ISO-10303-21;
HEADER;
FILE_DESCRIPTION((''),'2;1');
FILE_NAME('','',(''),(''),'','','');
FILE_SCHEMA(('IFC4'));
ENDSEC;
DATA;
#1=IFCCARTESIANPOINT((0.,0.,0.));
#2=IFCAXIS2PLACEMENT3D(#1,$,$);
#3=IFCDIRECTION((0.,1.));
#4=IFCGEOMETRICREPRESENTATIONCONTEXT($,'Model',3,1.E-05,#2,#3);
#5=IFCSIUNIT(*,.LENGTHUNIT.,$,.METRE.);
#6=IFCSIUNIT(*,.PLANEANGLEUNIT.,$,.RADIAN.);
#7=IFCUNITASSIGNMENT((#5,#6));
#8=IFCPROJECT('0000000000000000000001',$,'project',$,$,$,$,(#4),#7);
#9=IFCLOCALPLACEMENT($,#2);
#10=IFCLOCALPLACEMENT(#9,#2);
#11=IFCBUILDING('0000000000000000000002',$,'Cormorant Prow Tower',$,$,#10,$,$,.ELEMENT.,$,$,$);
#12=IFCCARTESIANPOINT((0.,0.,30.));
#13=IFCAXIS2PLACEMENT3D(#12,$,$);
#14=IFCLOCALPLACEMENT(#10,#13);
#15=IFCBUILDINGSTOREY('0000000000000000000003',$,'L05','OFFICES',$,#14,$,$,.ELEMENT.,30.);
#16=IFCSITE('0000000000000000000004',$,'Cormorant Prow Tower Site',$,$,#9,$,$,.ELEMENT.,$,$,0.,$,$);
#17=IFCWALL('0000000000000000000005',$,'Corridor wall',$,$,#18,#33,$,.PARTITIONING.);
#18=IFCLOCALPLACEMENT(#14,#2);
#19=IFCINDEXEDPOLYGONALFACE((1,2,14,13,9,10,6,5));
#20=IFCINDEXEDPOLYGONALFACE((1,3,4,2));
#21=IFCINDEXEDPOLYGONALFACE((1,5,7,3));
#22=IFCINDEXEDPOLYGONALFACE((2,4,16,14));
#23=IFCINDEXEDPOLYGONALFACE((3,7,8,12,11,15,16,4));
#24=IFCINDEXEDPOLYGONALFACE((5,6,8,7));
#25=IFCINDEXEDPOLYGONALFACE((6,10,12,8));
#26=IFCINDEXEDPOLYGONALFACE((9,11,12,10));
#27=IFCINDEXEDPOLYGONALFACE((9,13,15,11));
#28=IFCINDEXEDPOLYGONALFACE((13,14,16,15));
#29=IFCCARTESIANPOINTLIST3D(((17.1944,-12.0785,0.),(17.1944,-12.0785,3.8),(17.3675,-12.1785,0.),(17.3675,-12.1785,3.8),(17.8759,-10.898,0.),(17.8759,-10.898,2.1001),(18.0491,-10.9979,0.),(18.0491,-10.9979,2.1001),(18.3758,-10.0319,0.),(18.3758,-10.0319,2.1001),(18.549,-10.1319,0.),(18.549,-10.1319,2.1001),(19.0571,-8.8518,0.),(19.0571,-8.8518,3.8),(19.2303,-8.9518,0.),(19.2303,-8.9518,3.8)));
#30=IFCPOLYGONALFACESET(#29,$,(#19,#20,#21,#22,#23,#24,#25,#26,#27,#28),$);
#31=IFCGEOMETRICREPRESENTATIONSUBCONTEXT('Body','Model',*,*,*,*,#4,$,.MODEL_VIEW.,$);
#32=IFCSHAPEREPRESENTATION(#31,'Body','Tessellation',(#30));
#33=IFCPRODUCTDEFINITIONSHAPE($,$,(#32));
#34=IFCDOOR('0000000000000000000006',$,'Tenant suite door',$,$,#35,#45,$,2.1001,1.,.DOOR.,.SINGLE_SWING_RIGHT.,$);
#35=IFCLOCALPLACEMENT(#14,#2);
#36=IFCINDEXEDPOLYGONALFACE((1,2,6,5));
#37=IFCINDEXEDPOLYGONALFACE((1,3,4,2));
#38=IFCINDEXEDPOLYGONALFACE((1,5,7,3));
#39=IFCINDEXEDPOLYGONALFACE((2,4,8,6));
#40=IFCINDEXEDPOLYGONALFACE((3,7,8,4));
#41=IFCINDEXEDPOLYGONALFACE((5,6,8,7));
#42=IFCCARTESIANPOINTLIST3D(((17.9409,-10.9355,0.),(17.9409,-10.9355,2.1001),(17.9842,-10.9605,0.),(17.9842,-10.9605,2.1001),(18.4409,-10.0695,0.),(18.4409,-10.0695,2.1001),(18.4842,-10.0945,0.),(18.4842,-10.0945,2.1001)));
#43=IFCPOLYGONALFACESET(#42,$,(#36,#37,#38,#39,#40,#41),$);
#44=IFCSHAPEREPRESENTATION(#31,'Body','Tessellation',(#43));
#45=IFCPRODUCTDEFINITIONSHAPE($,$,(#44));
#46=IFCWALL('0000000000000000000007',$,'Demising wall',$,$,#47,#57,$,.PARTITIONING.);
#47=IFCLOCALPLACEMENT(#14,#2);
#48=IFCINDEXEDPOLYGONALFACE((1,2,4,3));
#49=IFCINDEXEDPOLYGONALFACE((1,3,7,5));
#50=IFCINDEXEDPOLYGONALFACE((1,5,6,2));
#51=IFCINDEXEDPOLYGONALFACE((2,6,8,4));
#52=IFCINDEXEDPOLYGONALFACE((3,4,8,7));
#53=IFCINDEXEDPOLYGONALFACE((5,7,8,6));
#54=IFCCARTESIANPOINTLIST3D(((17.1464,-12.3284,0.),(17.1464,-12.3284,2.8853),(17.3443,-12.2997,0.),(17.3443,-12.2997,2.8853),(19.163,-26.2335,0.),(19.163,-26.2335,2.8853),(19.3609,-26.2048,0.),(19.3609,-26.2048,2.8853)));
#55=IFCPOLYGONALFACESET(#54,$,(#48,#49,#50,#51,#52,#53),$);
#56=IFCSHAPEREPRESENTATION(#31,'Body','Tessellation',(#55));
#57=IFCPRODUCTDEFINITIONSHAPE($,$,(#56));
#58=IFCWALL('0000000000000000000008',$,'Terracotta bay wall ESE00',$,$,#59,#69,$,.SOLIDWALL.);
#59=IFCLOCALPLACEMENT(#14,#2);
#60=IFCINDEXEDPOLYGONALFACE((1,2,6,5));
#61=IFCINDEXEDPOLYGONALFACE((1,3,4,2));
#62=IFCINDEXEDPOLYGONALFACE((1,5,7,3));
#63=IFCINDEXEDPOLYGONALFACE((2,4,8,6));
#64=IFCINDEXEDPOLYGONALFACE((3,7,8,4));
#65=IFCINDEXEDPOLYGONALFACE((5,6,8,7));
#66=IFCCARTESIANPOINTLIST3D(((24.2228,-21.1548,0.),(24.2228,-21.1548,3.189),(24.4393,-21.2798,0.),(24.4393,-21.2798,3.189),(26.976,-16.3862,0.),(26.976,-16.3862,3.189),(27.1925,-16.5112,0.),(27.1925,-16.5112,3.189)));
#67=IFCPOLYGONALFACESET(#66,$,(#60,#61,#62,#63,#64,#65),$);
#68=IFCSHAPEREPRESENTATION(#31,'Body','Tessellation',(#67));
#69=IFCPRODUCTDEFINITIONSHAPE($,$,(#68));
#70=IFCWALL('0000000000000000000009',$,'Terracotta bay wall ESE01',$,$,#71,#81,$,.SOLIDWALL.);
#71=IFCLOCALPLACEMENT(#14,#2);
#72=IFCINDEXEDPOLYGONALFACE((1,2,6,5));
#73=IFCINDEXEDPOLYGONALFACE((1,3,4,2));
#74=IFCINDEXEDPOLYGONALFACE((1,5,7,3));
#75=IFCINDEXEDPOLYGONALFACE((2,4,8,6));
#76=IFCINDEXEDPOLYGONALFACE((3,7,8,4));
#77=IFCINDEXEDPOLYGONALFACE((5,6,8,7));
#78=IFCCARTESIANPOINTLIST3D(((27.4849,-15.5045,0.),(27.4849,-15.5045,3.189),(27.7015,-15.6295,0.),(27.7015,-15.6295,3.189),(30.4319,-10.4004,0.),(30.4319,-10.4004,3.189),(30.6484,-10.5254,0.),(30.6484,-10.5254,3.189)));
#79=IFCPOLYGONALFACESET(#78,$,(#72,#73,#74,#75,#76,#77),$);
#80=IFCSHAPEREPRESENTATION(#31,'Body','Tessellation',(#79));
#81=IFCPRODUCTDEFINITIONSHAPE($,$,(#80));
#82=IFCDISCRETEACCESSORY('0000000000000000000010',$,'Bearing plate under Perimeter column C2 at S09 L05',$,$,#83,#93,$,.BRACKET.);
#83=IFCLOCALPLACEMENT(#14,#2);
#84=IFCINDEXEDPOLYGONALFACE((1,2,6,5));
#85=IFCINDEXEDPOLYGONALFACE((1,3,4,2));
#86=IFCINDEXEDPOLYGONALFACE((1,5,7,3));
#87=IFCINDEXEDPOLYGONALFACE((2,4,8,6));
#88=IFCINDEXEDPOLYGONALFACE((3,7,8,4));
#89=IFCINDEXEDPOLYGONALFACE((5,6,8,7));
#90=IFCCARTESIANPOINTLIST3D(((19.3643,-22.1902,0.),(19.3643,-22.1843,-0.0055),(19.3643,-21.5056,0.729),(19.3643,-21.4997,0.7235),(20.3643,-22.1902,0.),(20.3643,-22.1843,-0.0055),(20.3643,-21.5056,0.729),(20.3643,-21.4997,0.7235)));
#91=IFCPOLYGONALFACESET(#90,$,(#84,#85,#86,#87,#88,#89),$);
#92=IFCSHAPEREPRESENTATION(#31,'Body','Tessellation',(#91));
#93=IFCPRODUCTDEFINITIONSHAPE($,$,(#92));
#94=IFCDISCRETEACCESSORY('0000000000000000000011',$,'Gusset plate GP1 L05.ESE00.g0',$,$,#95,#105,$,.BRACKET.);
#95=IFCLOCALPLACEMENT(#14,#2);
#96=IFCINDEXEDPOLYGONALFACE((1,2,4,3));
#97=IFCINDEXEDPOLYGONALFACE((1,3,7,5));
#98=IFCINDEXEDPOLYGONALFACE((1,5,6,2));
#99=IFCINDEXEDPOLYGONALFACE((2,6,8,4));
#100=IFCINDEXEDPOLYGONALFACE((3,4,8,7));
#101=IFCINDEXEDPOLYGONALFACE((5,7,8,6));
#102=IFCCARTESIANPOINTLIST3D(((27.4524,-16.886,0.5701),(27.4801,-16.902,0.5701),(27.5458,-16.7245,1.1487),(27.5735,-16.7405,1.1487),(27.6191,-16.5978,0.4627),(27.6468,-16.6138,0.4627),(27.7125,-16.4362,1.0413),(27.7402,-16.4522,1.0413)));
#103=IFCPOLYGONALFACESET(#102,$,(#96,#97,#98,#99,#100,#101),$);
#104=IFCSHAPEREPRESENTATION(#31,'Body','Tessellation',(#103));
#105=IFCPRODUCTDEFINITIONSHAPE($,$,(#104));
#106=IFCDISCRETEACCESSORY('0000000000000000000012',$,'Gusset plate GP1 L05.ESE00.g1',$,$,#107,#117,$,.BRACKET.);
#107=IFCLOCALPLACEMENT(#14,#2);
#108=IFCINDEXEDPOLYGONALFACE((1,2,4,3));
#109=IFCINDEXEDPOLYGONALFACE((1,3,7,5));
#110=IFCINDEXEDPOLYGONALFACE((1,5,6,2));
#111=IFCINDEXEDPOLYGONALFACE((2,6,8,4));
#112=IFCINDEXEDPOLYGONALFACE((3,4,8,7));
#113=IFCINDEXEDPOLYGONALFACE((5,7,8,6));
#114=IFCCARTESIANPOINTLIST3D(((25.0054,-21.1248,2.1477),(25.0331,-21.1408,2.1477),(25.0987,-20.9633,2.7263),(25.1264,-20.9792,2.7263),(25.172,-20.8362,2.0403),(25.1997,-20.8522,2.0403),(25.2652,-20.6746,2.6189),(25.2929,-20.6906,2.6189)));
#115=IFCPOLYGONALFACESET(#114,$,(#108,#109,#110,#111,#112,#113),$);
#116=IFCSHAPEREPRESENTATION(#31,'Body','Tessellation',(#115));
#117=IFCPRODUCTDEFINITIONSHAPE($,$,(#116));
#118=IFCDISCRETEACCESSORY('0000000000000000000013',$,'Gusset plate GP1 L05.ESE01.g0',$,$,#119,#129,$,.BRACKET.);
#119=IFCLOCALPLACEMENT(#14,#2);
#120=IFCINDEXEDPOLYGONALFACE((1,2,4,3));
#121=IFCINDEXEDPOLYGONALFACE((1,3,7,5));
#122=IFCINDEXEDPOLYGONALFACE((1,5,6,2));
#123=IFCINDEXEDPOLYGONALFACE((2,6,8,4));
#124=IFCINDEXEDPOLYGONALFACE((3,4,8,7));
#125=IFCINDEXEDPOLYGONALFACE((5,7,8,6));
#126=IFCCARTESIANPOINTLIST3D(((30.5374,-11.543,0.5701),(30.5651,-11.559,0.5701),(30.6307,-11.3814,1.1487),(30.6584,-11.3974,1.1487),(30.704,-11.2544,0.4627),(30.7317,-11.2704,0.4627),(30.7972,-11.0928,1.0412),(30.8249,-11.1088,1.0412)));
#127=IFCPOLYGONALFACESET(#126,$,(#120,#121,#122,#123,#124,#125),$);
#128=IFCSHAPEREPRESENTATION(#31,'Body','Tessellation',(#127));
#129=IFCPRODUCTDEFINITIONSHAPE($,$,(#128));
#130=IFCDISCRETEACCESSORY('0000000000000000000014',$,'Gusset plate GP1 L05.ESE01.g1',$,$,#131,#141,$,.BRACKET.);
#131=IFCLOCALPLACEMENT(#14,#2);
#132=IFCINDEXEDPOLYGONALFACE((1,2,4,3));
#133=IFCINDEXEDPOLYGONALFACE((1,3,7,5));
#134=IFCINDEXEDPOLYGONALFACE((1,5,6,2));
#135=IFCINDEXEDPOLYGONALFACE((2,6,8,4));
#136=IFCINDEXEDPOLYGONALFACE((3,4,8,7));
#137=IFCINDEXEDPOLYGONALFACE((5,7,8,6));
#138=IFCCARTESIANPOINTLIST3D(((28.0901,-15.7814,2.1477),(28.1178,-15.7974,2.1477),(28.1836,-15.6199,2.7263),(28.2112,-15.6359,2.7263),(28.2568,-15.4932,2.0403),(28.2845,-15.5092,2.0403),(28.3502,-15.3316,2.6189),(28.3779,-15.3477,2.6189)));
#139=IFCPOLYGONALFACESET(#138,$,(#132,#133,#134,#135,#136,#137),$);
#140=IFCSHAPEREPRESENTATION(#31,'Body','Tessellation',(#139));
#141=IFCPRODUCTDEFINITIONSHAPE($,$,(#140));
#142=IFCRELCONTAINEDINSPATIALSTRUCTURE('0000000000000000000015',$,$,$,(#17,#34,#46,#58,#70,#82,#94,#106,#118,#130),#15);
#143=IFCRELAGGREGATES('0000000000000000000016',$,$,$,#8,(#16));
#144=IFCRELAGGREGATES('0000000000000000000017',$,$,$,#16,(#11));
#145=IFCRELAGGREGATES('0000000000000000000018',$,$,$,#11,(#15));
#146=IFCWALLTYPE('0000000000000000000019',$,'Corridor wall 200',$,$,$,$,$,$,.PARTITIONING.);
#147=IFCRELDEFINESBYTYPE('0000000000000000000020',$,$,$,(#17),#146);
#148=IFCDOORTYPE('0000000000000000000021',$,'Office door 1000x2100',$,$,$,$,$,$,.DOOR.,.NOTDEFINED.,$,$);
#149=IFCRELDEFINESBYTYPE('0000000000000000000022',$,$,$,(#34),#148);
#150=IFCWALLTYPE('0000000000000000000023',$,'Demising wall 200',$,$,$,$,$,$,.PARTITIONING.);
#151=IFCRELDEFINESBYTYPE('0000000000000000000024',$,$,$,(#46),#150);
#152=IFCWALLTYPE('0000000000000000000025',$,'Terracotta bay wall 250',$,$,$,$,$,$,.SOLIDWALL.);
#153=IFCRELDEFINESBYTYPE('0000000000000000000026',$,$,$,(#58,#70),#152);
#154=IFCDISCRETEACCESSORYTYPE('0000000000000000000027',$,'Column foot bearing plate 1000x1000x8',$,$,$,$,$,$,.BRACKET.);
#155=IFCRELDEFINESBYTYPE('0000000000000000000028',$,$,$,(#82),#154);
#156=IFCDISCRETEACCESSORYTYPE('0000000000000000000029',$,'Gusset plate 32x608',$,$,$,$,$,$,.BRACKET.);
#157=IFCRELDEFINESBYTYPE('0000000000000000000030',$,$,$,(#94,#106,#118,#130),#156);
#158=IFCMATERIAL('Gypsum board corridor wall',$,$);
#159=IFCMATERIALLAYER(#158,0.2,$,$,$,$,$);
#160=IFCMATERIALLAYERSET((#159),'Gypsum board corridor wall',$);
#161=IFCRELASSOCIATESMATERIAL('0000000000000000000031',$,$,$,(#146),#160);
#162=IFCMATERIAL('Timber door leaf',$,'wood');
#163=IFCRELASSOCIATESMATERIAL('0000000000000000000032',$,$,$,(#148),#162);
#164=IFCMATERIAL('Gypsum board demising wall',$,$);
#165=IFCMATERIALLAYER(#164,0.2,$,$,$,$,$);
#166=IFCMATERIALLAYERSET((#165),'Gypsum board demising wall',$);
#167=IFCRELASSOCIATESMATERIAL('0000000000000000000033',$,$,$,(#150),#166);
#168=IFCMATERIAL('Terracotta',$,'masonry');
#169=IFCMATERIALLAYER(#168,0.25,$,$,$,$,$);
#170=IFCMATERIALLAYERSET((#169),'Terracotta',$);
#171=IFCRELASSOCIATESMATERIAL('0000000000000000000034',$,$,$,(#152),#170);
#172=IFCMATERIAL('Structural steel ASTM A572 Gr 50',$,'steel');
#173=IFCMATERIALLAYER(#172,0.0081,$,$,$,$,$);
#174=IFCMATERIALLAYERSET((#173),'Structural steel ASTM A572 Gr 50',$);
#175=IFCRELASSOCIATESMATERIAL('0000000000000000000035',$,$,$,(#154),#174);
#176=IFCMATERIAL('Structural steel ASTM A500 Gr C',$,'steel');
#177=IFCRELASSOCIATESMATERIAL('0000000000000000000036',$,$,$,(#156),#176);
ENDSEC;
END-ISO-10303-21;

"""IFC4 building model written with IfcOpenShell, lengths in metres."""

from ifc_helpers import new_model, si_unit, direction, frame, frame_2d, origin, origin_2d, place, context, subcontext, project, spatial, polyline, rectangle, outline, extrude, material, layer, layer_set, material_profile, profile_set, type_object, element, fill, save


model = new_model("IFC4")

# Units and contexts
model_context = context("Model", 3, precision=1e-05, world=origin(), true_north=direction((0.0, 1.0)))
body_context = subcontext(model_context, "Body", "Model", "MODEL_VIEW")
ifc_project = project(units=[si_unit("LENGTHUNIT", "METRE"), si_unit("PLANEANGLEUNIT", "RADIAN")], contexts=[model_context])

# Site, building, storey
site_placement = place(None, origin())
site = spatial("IfcSite", under=ifc_project, at=site_placement, Name="Cormorant Prow Tower Site", CompositionType="ELEMENT", RefElevation=0.0)
building_placement = place(site_placement, origin())
building = spatial("IfcBuilding", under=site, at=building_placement, Name="Cormorant Prow Tower", CompositionType="ELEMENT")
storey_placement = place(building_placement, frame((0.0, 0.0, 30.0)))
storey = spatial("IfcBuildingStorey", under=building, at=storey_placement, Name="L05", Description="OFFICES", CompositionType="ELEMENT", Elevation=30.0)

# Wall, opening, door
ifc_material_1 = material(Name="Gypsum board corridor wall")
ifc_layer_1 = layer(ifc_material_1, 0.2)
ifc_layer_set_1 = layer_set([ifc_layer_1], Name="Gypsum board corridor wall")
wall_type_1 = type_object("IfcWallType", Name="Corridor wall 200", PredefinedType="PARTITIONING", material=ifc_layer_set_1)
wall_1_placement = place(storey_placement, frame((17.281, -12.1284, 0.0), z_axis=(0.0, 0.0, 1.0), x_axis=(0.499959, 0.866049, 0.0)))
wall_1 = element("IfcWall", 1, at=wall_1_placement, inside=storey, type_object=wall_type_1, Name="Corridor wall", PredefinedType="PARTITIONING", context=body_context, shape_type="SweptSolid", body=[
    extrude(rectangle(XDim=3.7258, YDim=0.2, at=frame_2d((1.8628, 0.0))), origin(), (0.0, 0.0, 1.0), 3.8),
])
opening_1_placement = place(wall_1_placement, frame((1.363, 0.0, 0.0)))
opening_1 = element("IfcOpeningElement", 2, at=opening_1_placement, cuts=wall_1, PredefinedType="OPENING", context=body_context, shape_type="SweptSolid", body=[
    extrude(rectangle(XDim=1.0, YDim=2.1001, at=frame_2d((0.5, 1.05))), frame((0.0, 0.1099, 0.0), z_axis=(0.0, -1.0, 0.0), x_axis=(1.0, 0.0, 0.0)), (0.0, 0.0, 1.0), 0.22),
])
ifc_material_2 = material(Name="Timber door leaf", Category="wood")
door_type_1 = type_object("IfcDoorType", Name="Office door 1000x2100", OperationType="NOTDEFINED", PredefinedType="DOOR", material=ifc_material_2)
door_1_placement = place(opening_1_placement, origin())
door_1 = element("IfcDoor", 3, at=door_1_placement, inside=storey, type_object=door_type_1, Name="Tenant suite door", OperationType="SINGLE_SWING_RIGHT", OverallHeight=2.1001, OverallWidth=1.0, PredefinedType="DOOR", context=body_context, shape_type="SweptSolid", body=[
    extrude(rectangle(XDim=1.0, YDim=2.1001, at=frame_2d((0.5, 1.05))), frame((0.0, 0.0249, 0.0), z_axis=(0.0, -1.0, 0.0), x_axis=(1.0, 0.0, 0.0)), (0.0, 0.0, 1.0), 0.05),
])
fill(opening_1, door_1)

# Walls
ifc_material_3 = material(Name="Gypsum board demising wall")
ifc_layer_2 = layer(ifc_material_3, 0.2)
ifc_layer_set_2 = layer_set([ifc_layer_2], Name="Gypsum board demising wall")
wall_type_2 = type_object("IfcWallType", Name="Demising wall 200", PredefinedType="PARTITIONING", material=ifc_layer_set_2)
wall_2_placement = place(storey_placement, frame((17.2454, -12.314, 0.0), z_axis=(0.0, 0.0, 1.0), x_axis=(0.143525, -0.989647, 0.0)))
element("IfcWall", 4, at=wall_2_placement, inside=storey, type_object=wall_type_2, Name="Demising wall", PredefinedType="PARTITIONING", context=body_context, shape_type="SweptSolid", body=[
    extrude(rectangle(XDim=14.0505, YDim=0.2, at=frame_2d((7.0254, 0.0))), origin(), (0.0, 0.0, 1.0), 2.8853),
])
ifc_material_4 = material(Name="Terracotta", Category="masonry")
ifc_layer_3 = layer(ifc_material_4, 0.25)
ifc_layer_set_3 = layer_set([ifc_layer_3], Name="Terracotta")
wall_type_3 = type_object("IfcWallType", Name="Terracotta bay wall 250", PredefinedType="SOLIDWALL", material=ifc_layer_set_3)
wall_3_placement = place(storey_placement, frame((24.3311, -21.2173, 0.0), z_axis=(0.0, 0.0, 1.0), x_axis=(0.500006, 0.866022, 0.0)))
element("IfcWall", 5, at=wall_3_placement, inside=storey, type_object=wall_type_3, Name="Terracotta bay wall ESE00", PredefinedType="SOLIDWALL", context=body_context, shape_type="SweptSolid", body=[
    extrude(rectangle(XDim=5.5063, YDim=0.25, at=frame_2d((2.7532, 0.0))), origin(), (0.0, 0.0, 1.0), 3.189),
])
wall_4_placement = place(storey_placement, frame((27.5933, -15.5669, 0.0), z_axis=(0.0, 0.0, 1.0), x_axis=(0.50001, 0.866019, 0.0)))
element("IfcWall", 6, at=wall_4_placement, inside=storey, type_object=wall_type_3, Name="Terracotta bay wall ESE01", PredefinedType="SOLIDWALL", context=body_context, shape_type="SweptSolid", body=[
    extrude(rectangle(XDim=5.8938, YDim=0.25, at=frame_2d((2.9468, 0.0))), origin(), (0.0, 0.0, 1.0), 3.189),
])

# Discrete accessories
ifc_material_5 = material(Name="Structural steel ASTM A572 Gr 50", Category="steel")
ifc_layer_4 = layer(ifc_material_5, 0.0081)
ifc_layer_set_4 = layer_set([ifc_layer_4], Name="Structural steel ASTM A572 Gr 50")
discrete_accessory_type_1 = type_object("IfcDiscreteAccessoryType", Name="Column foot bearing plate 1000x1000x8", PredefinedType="BRACKET", material=ifc_layer_set_4)
discrete_accessory_1_placement = place(storey_placement, frame((20.3643, -21.5056, 0.729), z_axis=(0.0, -0.728974, 0.684542), x_axis=(-1.0, 0.0, 0.0)))
element("IfcDiscreteAccessory", 7, at=discrete_accessory_1_placement, inside=storey, type_object=discrete_accessory_type_1, Name="Bearing plate under Perimeter column C2 at S09 L05", PredefinedType="BRACKET", context=body_context, shape_type="SweptSolid", body=[
    extrude(outline(polyline([(0.0, 0.0), (1.0, 0.0), (1.0, 1.0), (0.0, 1.0), (0.0, 0.0)])), origin(), (0.0, 0.0, -1.0), 0.0081),
])
ifc_material_6 = material(Name="Structural steel ASTM A500 Gr C", Category="steel")
ifc_material_profile_1 = material_profile(ifc_material_6, rectangle(XDim=0.032, YDim=0.6079, at=origin_2d()), Name="Gusset plate 32x608")
ifc_profile_set_1 = profile_set([ifc_material_profile_1], Name="Structural steel ASTM A500 Gr C")
discrete_accessory_type_2 = type_object("IfcDiscreteAccessoryType", Name="Gusset plate 32x608", PredefinedType="BRACKET", material=ifc_profile_set_1)
discrete_accessory_2_placement = place(storey_placement, frame((27.5129, -16.8132, 0.8594), z_axis=(0.476465, 0.823872, -0.306946), x_axis=(-0.86566, 0.500632, 0.0)))
element("IfcDiscreteAccessory", 8, at=discrete_accessory_2_placement, inside=storey, type_object=discrete_accessory_type_2, Name="Gusset plate GP1 L05.ESE00.g0", PredefinedType="BRACKET", context=body_context, shape_type="SweptSolid", body=[
    extrude(rectangle(XDim=0.032, YDim=0.6079, at=origin_2d()), origin(), (0.0, 0.0, 1.0), 0.3499),
])
for number, where, z_axis, x_axis, name in (
    (9, (25.2324, -20.7634, 2.3296), (-0.475652, -0.82437, 0.306872), (0.866161, -0.499765, 0.0), "Gusset plate GP1 L05.ESE00.g1"),
    (10, (30.5979, -11.4702, 0.8594), (0.475652, 0.82437, -0.306872), (-0.866161, 0.499765, 0.0), "Gusset plate GP1 L05.ESE01.g0"),
):
    element("IfcDiscreteAccessory", number, at=place(storey_placement, frame(where, z_axis=z_axis, x_axis=x_axis)), inside=storey, type_object=discrete_accessory_type_2, Name=name, PredefinedType="BRACKET", context=body_context, shape_type="SweptSolid", body=[
        extrude(rectangle(XDim=0.032, YDim=0.6079, at=origin_2d()), origin(), (0.0, 0.0, 1.0), 0.3501),
    ])
discrete_accessory_3_placement = place(storey_placement, frame((28.3174, -15.4204, 2.3296), z_axis=(-0.476465, -0.823872, 0.306946), x_axis=(0.86566, -0.500632, 0.0)))
element("IfcDiscreteAccessory", 11, at=discrete_accessory_3_placement, inside=storey, type_object=discrete_accessory_type_2, Name="Gusset plate GP1 L05.ESE01.g1", PredefinedType="BRACKET", context=body_context, shape_type="SweptSolid", body=[
    extrude(rectangle(XDim=0.032, YDim=0.6079, at=origin_2d()), origin(), (0.0, 0.0, 1.0), 0.3499),
])

save(model, "model.ifc")
